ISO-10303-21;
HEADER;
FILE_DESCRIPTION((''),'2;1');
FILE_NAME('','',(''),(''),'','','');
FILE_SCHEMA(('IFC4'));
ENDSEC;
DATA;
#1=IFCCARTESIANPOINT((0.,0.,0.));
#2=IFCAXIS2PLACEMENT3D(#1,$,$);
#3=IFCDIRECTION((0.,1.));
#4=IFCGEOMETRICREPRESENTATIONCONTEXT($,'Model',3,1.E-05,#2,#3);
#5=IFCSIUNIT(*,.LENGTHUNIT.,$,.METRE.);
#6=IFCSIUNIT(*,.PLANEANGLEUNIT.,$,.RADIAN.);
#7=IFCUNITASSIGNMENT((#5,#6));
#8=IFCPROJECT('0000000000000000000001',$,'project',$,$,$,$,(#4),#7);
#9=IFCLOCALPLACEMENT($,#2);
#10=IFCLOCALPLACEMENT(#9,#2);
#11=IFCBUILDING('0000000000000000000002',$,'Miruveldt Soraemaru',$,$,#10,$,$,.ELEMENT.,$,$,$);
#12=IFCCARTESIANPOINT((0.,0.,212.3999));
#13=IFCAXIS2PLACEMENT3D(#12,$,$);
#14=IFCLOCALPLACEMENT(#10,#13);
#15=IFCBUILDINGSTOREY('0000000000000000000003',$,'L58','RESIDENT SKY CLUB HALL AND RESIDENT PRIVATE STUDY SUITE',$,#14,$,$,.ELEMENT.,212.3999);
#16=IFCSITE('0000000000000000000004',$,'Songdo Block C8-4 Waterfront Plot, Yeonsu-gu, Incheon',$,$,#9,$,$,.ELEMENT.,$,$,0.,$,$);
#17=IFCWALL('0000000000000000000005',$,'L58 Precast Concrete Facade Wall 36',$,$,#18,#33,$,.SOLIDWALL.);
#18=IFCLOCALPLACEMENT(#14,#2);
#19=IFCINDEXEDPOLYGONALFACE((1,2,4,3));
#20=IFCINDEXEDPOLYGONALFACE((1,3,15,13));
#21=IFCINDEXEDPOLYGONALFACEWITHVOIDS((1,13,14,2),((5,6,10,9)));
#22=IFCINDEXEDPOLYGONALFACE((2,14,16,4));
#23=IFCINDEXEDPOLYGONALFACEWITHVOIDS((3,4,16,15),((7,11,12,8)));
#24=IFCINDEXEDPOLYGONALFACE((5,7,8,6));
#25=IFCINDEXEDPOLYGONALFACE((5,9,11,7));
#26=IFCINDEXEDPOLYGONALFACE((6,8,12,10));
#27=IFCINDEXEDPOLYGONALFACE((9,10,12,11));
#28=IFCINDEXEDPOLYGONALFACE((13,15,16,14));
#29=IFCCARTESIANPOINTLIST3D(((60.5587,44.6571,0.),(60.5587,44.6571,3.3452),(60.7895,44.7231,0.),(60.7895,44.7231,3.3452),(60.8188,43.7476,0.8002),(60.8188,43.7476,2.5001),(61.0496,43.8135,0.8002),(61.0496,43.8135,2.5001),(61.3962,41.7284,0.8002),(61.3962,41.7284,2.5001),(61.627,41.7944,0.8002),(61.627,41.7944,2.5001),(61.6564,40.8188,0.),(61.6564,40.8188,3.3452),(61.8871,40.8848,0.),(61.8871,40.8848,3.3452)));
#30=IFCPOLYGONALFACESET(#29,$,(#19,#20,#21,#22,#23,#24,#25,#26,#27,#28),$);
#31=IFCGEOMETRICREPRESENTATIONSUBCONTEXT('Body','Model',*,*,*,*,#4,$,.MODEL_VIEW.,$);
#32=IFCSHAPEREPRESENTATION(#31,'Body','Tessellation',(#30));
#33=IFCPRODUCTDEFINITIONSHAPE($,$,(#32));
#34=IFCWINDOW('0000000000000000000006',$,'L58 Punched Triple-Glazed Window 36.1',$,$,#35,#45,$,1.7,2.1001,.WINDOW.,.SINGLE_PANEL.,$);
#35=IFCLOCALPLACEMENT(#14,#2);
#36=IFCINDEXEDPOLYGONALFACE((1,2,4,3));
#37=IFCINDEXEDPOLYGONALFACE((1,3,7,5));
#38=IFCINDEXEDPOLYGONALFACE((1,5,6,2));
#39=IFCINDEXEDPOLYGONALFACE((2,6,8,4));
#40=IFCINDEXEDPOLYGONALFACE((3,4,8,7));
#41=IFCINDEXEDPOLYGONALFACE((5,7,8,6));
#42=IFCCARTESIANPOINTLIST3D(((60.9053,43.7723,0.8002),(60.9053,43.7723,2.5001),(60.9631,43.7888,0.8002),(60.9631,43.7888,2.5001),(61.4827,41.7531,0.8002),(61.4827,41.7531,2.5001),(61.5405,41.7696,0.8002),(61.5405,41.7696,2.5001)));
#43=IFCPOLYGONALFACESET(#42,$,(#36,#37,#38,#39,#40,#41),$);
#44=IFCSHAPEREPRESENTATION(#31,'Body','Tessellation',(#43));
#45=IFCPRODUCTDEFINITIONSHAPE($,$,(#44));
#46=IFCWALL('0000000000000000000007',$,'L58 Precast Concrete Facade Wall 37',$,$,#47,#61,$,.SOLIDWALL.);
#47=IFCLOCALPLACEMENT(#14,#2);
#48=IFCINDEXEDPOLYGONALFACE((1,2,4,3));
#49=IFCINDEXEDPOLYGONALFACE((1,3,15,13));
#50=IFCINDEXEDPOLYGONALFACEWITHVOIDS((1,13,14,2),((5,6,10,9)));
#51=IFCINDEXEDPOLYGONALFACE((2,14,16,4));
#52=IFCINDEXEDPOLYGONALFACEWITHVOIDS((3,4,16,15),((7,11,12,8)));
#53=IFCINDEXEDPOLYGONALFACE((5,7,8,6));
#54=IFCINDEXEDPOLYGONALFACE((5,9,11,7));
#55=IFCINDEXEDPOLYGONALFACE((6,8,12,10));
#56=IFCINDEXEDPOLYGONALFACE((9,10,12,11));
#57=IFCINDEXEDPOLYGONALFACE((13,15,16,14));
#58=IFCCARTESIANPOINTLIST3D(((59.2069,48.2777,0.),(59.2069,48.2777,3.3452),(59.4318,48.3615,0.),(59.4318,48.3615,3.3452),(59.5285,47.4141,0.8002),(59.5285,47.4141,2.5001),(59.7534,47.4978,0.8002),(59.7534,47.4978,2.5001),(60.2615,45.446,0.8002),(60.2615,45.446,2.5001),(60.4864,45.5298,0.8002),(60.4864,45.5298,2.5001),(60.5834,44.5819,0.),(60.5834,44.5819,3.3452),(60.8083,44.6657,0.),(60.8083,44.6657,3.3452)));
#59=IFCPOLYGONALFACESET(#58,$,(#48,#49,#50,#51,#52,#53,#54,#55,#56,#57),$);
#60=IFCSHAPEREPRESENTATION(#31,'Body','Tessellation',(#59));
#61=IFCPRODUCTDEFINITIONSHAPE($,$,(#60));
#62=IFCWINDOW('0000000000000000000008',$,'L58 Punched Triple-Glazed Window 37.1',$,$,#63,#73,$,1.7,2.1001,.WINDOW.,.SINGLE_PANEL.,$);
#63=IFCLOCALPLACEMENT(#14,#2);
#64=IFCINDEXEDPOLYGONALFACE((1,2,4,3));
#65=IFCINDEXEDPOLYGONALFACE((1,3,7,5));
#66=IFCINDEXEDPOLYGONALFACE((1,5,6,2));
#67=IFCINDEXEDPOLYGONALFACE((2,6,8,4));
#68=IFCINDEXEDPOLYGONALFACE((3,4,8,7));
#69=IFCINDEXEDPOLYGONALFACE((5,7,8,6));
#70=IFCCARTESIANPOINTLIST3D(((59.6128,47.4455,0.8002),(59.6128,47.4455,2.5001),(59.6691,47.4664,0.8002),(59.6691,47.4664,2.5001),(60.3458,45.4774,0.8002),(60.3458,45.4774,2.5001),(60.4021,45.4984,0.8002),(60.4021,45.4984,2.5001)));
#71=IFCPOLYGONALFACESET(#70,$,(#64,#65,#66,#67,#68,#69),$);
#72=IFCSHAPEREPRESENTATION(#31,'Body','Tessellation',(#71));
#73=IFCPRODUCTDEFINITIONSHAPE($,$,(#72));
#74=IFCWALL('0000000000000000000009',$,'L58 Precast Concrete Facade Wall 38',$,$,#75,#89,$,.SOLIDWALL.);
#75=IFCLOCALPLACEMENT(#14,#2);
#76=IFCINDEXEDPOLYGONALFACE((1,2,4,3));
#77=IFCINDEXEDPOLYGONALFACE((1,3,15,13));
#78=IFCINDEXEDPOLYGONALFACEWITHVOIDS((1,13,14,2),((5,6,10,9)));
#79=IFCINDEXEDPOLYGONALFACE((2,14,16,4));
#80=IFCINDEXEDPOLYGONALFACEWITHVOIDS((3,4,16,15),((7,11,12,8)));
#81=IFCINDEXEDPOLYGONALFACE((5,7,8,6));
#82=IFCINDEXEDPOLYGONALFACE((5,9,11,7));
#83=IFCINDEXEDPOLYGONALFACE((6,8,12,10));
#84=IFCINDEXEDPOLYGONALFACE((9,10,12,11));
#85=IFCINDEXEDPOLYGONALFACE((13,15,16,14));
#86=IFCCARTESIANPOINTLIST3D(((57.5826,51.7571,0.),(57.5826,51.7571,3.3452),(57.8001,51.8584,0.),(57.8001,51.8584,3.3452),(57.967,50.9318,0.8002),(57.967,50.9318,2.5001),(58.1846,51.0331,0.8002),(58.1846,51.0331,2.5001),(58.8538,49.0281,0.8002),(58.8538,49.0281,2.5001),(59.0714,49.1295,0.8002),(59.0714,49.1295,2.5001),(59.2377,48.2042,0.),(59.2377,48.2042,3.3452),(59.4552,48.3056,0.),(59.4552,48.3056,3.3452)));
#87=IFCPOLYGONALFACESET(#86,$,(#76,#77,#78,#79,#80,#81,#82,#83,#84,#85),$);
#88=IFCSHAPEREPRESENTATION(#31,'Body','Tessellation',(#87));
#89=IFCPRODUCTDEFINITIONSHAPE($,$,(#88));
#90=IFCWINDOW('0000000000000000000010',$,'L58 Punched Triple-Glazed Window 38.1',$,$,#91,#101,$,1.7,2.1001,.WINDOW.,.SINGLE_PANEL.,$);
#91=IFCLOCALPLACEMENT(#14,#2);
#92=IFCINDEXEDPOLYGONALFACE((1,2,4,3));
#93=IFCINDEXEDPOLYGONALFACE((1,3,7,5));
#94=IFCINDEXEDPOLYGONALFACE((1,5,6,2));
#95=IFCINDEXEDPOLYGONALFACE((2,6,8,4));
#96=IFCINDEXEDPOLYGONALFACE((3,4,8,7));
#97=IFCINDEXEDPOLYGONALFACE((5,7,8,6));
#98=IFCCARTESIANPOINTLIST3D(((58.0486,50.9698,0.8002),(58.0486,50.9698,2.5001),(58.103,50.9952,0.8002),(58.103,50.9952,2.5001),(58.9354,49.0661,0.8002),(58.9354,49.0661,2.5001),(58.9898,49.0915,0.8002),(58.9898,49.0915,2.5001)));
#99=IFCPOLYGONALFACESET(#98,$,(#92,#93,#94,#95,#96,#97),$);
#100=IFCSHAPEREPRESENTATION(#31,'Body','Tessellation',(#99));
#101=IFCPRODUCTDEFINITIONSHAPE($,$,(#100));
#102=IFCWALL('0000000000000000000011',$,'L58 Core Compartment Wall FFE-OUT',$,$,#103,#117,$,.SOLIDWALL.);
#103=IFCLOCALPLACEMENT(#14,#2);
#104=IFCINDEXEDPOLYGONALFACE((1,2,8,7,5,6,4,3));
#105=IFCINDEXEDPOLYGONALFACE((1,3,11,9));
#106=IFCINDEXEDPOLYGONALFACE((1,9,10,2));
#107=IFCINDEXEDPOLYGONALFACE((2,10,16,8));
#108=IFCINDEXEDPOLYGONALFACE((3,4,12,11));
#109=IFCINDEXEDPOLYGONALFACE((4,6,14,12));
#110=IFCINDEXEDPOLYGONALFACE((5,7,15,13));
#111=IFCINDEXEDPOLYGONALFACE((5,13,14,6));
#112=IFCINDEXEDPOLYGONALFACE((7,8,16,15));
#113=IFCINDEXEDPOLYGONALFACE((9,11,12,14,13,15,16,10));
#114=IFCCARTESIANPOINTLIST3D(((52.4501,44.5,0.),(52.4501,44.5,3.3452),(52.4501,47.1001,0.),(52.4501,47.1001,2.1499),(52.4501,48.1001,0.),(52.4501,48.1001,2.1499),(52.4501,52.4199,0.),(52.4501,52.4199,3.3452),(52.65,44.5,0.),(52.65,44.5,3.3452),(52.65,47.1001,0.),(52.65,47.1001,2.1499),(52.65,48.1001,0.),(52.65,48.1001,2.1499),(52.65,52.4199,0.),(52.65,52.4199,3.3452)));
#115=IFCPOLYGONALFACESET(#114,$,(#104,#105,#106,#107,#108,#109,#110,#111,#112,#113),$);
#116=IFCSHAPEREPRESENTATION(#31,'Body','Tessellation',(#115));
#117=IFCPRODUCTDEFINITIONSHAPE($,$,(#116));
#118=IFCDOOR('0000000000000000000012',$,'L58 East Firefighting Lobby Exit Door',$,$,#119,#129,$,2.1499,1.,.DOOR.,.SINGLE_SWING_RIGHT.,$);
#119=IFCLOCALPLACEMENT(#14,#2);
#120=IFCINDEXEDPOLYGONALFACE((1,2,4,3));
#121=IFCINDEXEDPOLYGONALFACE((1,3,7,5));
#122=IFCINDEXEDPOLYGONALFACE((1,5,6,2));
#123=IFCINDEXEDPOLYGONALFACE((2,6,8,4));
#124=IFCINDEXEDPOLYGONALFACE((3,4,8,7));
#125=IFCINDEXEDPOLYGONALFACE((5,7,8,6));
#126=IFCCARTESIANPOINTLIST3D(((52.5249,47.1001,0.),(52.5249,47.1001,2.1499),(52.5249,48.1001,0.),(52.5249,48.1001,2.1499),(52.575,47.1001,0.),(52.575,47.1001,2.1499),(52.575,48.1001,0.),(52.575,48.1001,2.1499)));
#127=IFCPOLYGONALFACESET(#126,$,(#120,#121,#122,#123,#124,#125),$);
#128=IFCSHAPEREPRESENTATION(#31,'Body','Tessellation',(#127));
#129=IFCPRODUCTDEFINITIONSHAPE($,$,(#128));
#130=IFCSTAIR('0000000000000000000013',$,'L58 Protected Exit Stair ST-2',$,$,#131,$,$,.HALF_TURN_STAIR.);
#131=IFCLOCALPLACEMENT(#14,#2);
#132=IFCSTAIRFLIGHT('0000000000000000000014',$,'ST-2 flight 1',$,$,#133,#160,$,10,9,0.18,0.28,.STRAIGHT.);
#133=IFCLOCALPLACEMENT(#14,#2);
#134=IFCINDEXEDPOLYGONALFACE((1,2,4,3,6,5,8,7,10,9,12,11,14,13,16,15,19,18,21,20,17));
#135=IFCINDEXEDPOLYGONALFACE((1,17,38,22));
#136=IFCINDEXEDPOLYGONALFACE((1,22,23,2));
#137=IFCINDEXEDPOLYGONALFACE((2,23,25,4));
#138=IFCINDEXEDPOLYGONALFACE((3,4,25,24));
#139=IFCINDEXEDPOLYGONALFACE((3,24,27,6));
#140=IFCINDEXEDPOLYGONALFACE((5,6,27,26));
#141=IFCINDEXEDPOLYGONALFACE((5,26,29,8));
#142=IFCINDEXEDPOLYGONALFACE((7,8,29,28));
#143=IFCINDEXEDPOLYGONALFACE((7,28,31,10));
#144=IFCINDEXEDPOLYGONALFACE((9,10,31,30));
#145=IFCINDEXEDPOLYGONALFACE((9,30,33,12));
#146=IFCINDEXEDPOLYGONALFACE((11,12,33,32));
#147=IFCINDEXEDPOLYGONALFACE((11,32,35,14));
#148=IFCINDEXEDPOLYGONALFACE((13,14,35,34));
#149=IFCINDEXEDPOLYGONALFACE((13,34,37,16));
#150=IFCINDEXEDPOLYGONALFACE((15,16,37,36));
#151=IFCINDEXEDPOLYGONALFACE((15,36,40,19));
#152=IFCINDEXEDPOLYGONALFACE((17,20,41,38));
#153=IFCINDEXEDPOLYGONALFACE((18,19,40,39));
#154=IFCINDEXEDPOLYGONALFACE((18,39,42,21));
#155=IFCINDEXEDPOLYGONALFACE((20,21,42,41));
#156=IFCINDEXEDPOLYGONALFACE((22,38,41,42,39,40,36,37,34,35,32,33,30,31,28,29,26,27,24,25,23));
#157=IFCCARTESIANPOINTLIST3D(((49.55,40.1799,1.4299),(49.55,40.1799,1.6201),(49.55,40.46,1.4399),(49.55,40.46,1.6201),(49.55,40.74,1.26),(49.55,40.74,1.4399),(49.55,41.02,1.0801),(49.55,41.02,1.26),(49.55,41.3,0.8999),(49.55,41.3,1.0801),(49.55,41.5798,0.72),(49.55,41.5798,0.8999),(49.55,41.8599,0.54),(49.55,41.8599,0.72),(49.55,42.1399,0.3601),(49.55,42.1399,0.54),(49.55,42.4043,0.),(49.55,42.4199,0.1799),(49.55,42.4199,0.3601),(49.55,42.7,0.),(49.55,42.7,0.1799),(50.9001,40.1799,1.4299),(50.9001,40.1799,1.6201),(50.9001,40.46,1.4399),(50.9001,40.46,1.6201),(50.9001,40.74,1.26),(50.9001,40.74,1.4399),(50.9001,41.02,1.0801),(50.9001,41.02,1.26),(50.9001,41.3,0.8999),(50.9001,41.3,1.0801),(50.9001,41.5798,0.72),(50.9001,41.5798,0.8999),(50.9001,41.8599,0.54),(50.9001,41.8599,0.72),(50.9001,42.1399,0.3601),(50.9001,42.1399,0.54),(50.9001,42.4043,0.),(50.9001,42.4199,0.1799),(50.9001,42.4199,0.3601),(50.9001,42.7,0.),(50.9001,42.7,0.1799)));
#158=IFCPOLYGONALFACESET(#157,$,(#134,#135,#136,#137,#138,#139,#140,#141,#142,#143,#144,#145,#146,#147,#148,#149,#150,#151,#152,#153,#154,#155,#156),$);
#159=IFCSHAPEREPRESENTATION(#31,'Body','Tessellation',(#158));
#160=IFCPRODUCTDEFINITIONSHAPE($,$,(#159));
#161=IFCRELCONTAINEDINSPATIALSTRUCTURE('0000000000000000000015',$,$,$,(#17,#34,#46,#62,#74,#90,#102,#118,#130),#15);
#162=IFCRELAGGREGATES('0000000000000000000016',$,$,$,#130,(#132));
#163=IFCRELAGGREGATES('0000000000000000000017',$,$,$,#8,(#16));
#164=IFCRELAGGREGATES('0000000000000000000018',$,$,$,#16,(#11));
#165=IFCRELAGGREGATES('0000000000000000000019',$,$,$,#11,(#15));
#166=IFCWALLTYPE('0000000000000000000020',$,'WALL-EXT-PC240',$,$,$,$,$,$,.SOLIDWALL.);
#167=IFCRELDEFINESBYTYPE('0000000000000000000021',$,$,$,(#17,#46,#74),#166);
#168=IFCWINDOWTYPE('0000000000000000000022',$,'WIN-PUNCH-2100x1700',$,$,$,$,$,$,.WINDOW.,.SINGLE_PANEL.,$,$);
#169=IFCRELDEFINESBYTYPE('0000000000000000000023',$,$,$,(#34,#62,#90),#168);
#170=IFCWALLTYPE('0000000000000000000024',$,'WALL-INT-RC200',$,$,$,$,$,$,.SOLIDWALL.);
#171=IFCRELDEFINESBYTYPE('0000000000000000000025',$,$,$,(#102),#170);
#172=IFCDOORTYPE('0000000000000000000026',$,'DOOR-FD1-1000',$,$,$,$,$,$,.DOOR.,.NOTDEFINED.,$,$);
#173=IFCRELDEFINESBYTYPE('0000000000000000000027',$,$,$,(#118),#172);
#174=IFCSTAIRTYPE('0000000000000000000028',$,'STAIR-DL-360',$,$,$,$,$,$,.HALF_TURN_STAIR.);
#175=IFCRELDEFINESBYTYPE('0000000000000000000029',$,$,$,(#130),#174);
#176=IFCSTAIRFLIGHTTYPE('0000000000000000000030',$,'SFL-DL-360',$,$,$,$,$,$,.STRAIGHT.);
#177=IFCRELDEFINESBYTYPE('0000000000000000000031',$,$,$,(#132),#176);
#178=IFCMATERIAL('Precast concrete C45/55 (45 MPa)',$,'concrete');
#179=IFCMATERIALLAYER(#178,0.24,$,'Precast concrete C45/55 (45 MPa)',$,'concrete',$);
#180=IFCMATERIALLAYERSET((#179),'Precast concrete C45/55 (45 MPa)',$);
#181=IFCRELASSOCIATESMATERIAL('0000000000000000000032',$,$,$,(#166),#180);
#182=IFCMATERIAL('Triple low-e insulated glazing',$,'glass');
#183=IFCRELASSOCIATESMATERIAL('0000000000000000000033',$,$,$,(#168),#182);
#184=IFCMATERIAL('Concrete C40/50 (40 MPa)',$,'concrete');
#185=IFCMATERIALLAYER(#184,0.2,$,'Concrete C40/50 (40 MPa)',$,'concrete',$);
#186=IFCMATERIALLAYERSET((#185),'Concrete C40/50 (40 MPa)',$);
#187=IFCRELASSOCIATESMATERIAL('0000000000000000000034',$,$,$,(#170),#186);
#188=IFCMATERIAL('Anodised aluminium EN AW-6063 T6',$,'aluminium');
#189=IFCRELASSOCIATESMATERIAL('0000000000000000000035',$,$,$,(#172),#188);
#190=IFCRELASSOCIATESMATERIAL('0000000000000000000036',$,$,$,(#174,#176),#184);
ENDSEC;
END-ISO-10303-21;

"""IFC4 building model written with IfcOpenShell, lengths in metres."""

from ifc_helpers import new_model, si_unit, direction, frame, frame_2d, origin, place, context, subcontext, project, spatial, polyline, rectangle, outline, extrude, material, layer, layer_set, type_object, element, fill, aggregate, save


model = new_model("IFC4")

# Units and contexts
model_context = context("Model", 3, precision=1e-05, world=origin(), true_north=direction((0.0, 1.0)))
body_context = subcontext(model_context, "Body", "Model", "MODEL_VIEW")
ifc_project = project(units=[si_unit("LENGTHUNIT", "METRE"), si_unit("PLANEANGLEUNIT", "RADIAN")], contexts=[model_context])

# Site, building, storey
site_placement = place(None, origin())
site = spatial("IfcSite", under=ifc_project, at=site_placement, Name="Songdo Block C8-4 Waterfront Plot, Yeonsu-gu, Incheon", CompositionType="ELEMENT", RefElevation=0.0)
building_placement = place(site_placement, origin())
building = spatial("IfcBuilding", under=site, at=building_placement, Name="Miruveldt Soraemaru", CompositionType="ELEMENT")
storey_placement = place(building_placement, frame((0.0, 0.0, 212.3999)))
storey = spatial("IfcBuildingStorey", under=building, at=storey_placement, Name="L58", Description="RESIDENT SKY CLUB HALL AND RESIDENT PRIVATE STUDY SUITE", CompositionType="ELEMENT", Elevation=212.3999)

# Walls, openings, windows
ifc_material_1 = material(Name="Precast concrete C45/55 (45 MPa)", Category="concrete")
ifc_layer_1 = layer(ifc_material_1, 0.24, Name="Precast concrete C45/55 (45 MPa)", Category="concrete")
ifc_layer_set_1 = layer_set([ifc_layer_1], Name="Precast concrete C45/55 (45 MPa)")
wall_type_1 = type_object("IfcWallType", Name="WALL-EXT-PC240", PredefinedType="SOLIDWALL", material=ifc_layer_set_1)
wall_1_placement = place(storey_placement, frame((61.7717, 40.8518, 0.0), z_axis=(0.0, 0.0, 1.0), x_axis=(-0.274947, 0.961459, 0.0)))
wall_1 = element("IfcWall", 1, at=wall_1_placement, inside=storey, type_object=wall_type_1, Name="L58 Precast Concrete Facade Wall 36", PredefinedType="SOLIDWALL", context=body_context, shape_type="SweptSolid", body=[
    extrude(rectangle(XDim=3.9922, YDim=0.24, at=frame_2d((1.9961, 0.0))), origin(), (0.0, 0.0, 1.0), 3.3452),
])
opening_1_placement = place(wall_1_placement, frame((0.946, 0.0, 0.8)))
opening_1 = element("IfcOpeningElement", 2, at=opening_1_placement, cuts=wall_1, PredefinedType="OPENING", context=body_context, shape_type="SweptSolid", body=[
    extrude(rectangle(XDim=2.1001, YDim=1.7, at=frame_2d((1.05, 0.8501))), frame((0.0, 0.1299, 0.0), z_axis=(0.0, -1.0, 0.0), x_axis=(1.0, 0.0, 0.0)), (0.0, 0.0, 1.0), 0.26),
])
ifc_material_2 = material(Name="Triple low-e insulated glazing", Category="glass")
window_type = type_object("IfcWindowType", Name="WIN-PUNCH-2100x1700", PartitioningType="SINGLE_PANEL", PredefinedType="WINDOW", material=ifc_material_2)
window_1_placement = place(opening_1_placement, origin())
window_1 = element("IfcWindow", 3, at=window_1_placement, inside=storey, type_object=window_type, Name="L58 Punched Triple-Glazed Window 36.1", OverallHeight=1.7, OverallWidth=2.1001, PartitioningType="SINGLE_PANEL", PredefinedType="WINDOW", context=body_context, shape_type="SweptSolid", body=[
    extrude(rectangle(XDim=2.1001, YDim=1.7, at=frame_2d((1.05, 0.8501))), frame((0.0, 0.03, 0.0), z_axis=(0.0, -1.0, 0.0), x_axis=(1.0, 0.0, 0.0)), (0.0, 0.0, 1.0), 0.0601),
])
fill(opening_1, window_1)
wall_2_placement = place(storey_placement, frame((60.6958, 44.6238, 0.0), z_axis=(0.0, 0.0, 1.0), x_axis=(-0.349019, 0.937115, 0.0)))
wall_2 = element("IfcWall", 4, at=wall_2_placement, inside=storey, type_object=wall_type_1, Name="L58 Precast Concrete Facade Wall 37", PredefinedType="SOLIDWALL", context=body_context, shape_type="SweptSolid", body=[
    extrude(rectangle(XDim=3.9438, YDim=0.24, at=frame_2d((1.9719, 0.0))), origin(), (0.0, 0.0, 1.0), 3.3452),
])
opening_2_placement = place(wall_2_placement, frame((0.9221, 0.0, 0.8)))
opening_2 = element("IfcOpeningElement", 5, at=opening_2_placement, cuts=wall_2, PredefinedType="OPENING", context=body_context, shape_type="SweptSolid", body=[
    extrude(rectangle(XDim=2.1001, YDim=1.7, at=frame_2d((1.05, 0.8501))), frame((0.0, 0.1299, 0.0), z_axis=(0.0, -1.0, 0.0), x_axis=(1.0, 0.0, 0.0)), (0.0, 0.0, 1.0), 0.26),
])
window_2_placement = place(opening_2_placement, origin())
window_2 = element("IfcWindow", 6, at=window_2_placement, inside=storey, type_object=window_type, Name="L58 Punched Triple-Glazed Window 37.1", OverallHeight=1.7, OverallWidth=2.1001, PartitioningType="SINGLE_PANEL", PredefinedType="WINDOW", context=body_context, shape_type="SweptSolid", body=[
    extrude(rectangle(XDim=2.1001, YDim=1.7, at=frame_2d((1.05, 0.8501))), frame((0.0, 0.03, 0.0), z_axis=(0.0, -1.0, 0.0), x_axis=(1.0, 0.0, 0.0)), (0.0, 0.0, 1.0), 0.0601),
])
fill(opening_2, window_2)
wall_3_placement = place(storey_placement, frame((59.3464, 48.2549, 0.0), z_axis=(0.0, 0.0, 1.0), x_axis=(-0.422275, 0.906468, 0.0)))
wall_3 = element("IfcWall", 7, at=wall_3_placement, inside=storey, type_object=wall_type_1, Name="L58 Precast Concrete Facade Wall 38", PredefinedType="SOLIDWALL", context=body_context, shape_type="SweptSolid", body=[
    extrude(rectangle(XDim=3.9194, YDim=0.24, at=frame_2d((1.9597, 0.0))), origin(), (0.0, 0.0, 1.0), 3.3452),
])
opening_3_placement = place(wall_3_placement, frame((0.9089, 0.0, 0.8)))
opening_3 = element("IfcOpeningElement", 8, at=opening_3_placement, cuts=wall_3, PredefinedType="OPENING", context=body_context, shape_type="SweptSolid", body=[
    extrude(rectangle(XDim=2.1001, YDim=1.7, at=frame_2d((1.05, 0.8501))), frame((0.0, 0.1299, 0.0), z_axis=(0.0, -1.0, 0.0), x_axis=(1.0, 0.0, 0.0)), (0.0, 0.0, 1.0), 0.26),
])
window_3_placement = place(opening_3_placement, origin())
window_3 = element("IfcWindow", 9, at=window_3_placement, inside=storey, type_object=window_type, Name="L58 Punched Triple-Glazed Window 38.1", OverallHeight=1.7, OverallWidth=2.1001, PartitioningType="SINGLE_PANEL", PredefinedType="WINDOW", context=body_context, shape_type="SweptSolid", body=[
    extrude(rectangle(XDim=2.1001, YDim=1.7, at=frame_2d((1.05, 0.8501))), frame((0.0, 0.03, 0.0), z_axis=(0.0, -1.0, 0.0), x_axis=(1.0, 0.0, 0.0)), (0.0, 0.0, 1.0), 0.0601),
])
fill(opening_3, window_3)

# Wall, opening, door
ifc_material_3 = material(Name="Concrete C40/50 (40 MPa)", Category="concrete")
ifc_layer_2 = layer(ifc_material_3, 0.2, Name="Concrete C40/50 (40 MPa)", Category="concrete")
ifc_layer_set_2 = layer_set([ifc_layer_2], Name="Concrete C40/50 (40 MPa)")
wall_type_2 = type_object("IfcWallType", Name="WALL-INT-RC200", PredefinedType="SOLIDWALL", material=ifc_layer_set_2)
wall_4_placement = place(storey_placement, frame((52.55, 44.5, 0.0), z_axis=(0.0, 0.0, 1.0), x_axis=(0.0, 1.0, 0.0)))
wall_4 = element("IfcWall", 10, at=wall_4_placement, inside=storey, type_object=wall_type_2, Name="L58 Core Compartment Wall FFE-OUT", PredefinedType="SOLIDWALL", context=body_context, shape_type="SweptSolid", body=[
    extrude(rectangle(XDim=7.9199, YDim=0.2, at=frame_2d((3.96, 0.0))), origin(), (0.0, 0.0, 1.0), 3.3452),
])
opening_4_placement = place(wall_4_placement, frame((2.6001, 0.0, 0.0)))
opening_4 = element("IfcOpeningElement", 11, at=opening_4_placement, cuts=wall_4, PredefinedType="OPENING", context=body_context, shape_type="SweptSolid", body=[
    extrude(rectangle(XDim=1.0, YDim=2.1499, at=frame_2d((0.5, 1.075))), frame((0.0, 0.1099, 0.0), z_axis=(0.0, -1.0, 0.0), x_axis=(1.0, 0.0, 0.0)), (0.0, 0.0, 1.0), 0.22),
])
ifc_material_4 = material(Name="Anodised aluminium EN AW-6063 T6", Category="aluminium")
door_type = type_object("IfcDoorType", Name="DOOR-FD1-1000", OperationType="NOTDEFINED", PredefinedType="DOOR", material=ifc_material_4)
door_1_placement = place(opening_4_placement, frame((1.0, 0.0, 0.0), z_axis=(0.0, 0.0, 1.0), x_axis=(-1.0, 0.0, 0.0)))
door_1 = element("IfcDoor", 12, at=door_1_placement, inside=storey, type_object=door_type, Name="L58 East Firefighting Lobby Exit Door", OperationType="SINGLE_SWING_RIGHT", OverallHeight=2.1499, OverallWidth=1.0, PredefinedType="DOOR", context=body_context, shape_type="SweptSolid", body=[
    extrude(rectangle(XDim=1.0, YDim=2.1499, at=frame_2d((0.5, 1.075))), frame((0.0, 0.0249, 0.0), z_axis=(0.0, -1.0, 0.0), x_axis=(1.0, 0.0, 0.0)), (0.0, 0.0, 1.0), 0.05),
])
fill(opening_4, door_1)

# Stair, stair flight
stair_type = type_object("IfcStairType", Name="STAIR-DL-360", PredefinedType="HALF_TURN_STAIR", material=ifc_material_3)
stair_placement = place(storey_placement, origin())
stair = element("IfcStair", 13, at=stair_placement, inside=storey, type_object=stair_type, Name="L58 Protected Exit Stair ST-2", PredefinedType="HALF_TURN_STAIR")
stair_flight_type = type_object("IfcStairFlightType", Name="SFL-DL-360", PredefinedType="STRAIGHT", material=ifc_material_3)
stair_flight_1_placement = place(storey_placement, frame((50.2251, 42.7, 0.0), z_axis=(0.0, 0.0, 1.0), x_axis=(0.0, -1.0, 0.0)))
stair_flight_1 = element("IfcStairFlight", 14, at=stair_flight_1_placement, type_object=stair_flight_type, Name="ST-2 flight 1", NumberOfRisers=10, NumberOfTreads=9, PredefinedType="STRAIGHT", RiserHeight=0.18, TreadLength=0.28, context=body_context, shape_type="SweptSolid", body=[
    extrude(outline(polyline([(0.0, 0.0), (0.0, 0.1799), (0.28, 0.1799), (0.28, 0.3601), (0.5601, 0.3601), (0.5601, 0.54), (0.8401, 0.54), (0.8401, 0.72), (1.1201, 0.72), (1.1201, 0.8999), (1.3999, 0.8999), (1.3999, 1.0801), (1.6799, 1.0801), (1.6799, 1.26), (1.96, 1.26), (1.96, 1.4399), (2.24, 1.4399), (2.24, 1.6201), (2.52, 1.6201), (2.52, 1.8), (2.52, 1.4299), (0.2957, 0.0), (0.0, 0.0)])), frame((0.0, 0.675, 0.0), z_axis=(0.0, -1.0, 0.0), x_axis=(1.0, 0.0, 0.0)), (0.0, 0.0, 1.0), 1.3501),
])
aggregate(stair, [stair_flight_1])

save(model, "model.ifc")
